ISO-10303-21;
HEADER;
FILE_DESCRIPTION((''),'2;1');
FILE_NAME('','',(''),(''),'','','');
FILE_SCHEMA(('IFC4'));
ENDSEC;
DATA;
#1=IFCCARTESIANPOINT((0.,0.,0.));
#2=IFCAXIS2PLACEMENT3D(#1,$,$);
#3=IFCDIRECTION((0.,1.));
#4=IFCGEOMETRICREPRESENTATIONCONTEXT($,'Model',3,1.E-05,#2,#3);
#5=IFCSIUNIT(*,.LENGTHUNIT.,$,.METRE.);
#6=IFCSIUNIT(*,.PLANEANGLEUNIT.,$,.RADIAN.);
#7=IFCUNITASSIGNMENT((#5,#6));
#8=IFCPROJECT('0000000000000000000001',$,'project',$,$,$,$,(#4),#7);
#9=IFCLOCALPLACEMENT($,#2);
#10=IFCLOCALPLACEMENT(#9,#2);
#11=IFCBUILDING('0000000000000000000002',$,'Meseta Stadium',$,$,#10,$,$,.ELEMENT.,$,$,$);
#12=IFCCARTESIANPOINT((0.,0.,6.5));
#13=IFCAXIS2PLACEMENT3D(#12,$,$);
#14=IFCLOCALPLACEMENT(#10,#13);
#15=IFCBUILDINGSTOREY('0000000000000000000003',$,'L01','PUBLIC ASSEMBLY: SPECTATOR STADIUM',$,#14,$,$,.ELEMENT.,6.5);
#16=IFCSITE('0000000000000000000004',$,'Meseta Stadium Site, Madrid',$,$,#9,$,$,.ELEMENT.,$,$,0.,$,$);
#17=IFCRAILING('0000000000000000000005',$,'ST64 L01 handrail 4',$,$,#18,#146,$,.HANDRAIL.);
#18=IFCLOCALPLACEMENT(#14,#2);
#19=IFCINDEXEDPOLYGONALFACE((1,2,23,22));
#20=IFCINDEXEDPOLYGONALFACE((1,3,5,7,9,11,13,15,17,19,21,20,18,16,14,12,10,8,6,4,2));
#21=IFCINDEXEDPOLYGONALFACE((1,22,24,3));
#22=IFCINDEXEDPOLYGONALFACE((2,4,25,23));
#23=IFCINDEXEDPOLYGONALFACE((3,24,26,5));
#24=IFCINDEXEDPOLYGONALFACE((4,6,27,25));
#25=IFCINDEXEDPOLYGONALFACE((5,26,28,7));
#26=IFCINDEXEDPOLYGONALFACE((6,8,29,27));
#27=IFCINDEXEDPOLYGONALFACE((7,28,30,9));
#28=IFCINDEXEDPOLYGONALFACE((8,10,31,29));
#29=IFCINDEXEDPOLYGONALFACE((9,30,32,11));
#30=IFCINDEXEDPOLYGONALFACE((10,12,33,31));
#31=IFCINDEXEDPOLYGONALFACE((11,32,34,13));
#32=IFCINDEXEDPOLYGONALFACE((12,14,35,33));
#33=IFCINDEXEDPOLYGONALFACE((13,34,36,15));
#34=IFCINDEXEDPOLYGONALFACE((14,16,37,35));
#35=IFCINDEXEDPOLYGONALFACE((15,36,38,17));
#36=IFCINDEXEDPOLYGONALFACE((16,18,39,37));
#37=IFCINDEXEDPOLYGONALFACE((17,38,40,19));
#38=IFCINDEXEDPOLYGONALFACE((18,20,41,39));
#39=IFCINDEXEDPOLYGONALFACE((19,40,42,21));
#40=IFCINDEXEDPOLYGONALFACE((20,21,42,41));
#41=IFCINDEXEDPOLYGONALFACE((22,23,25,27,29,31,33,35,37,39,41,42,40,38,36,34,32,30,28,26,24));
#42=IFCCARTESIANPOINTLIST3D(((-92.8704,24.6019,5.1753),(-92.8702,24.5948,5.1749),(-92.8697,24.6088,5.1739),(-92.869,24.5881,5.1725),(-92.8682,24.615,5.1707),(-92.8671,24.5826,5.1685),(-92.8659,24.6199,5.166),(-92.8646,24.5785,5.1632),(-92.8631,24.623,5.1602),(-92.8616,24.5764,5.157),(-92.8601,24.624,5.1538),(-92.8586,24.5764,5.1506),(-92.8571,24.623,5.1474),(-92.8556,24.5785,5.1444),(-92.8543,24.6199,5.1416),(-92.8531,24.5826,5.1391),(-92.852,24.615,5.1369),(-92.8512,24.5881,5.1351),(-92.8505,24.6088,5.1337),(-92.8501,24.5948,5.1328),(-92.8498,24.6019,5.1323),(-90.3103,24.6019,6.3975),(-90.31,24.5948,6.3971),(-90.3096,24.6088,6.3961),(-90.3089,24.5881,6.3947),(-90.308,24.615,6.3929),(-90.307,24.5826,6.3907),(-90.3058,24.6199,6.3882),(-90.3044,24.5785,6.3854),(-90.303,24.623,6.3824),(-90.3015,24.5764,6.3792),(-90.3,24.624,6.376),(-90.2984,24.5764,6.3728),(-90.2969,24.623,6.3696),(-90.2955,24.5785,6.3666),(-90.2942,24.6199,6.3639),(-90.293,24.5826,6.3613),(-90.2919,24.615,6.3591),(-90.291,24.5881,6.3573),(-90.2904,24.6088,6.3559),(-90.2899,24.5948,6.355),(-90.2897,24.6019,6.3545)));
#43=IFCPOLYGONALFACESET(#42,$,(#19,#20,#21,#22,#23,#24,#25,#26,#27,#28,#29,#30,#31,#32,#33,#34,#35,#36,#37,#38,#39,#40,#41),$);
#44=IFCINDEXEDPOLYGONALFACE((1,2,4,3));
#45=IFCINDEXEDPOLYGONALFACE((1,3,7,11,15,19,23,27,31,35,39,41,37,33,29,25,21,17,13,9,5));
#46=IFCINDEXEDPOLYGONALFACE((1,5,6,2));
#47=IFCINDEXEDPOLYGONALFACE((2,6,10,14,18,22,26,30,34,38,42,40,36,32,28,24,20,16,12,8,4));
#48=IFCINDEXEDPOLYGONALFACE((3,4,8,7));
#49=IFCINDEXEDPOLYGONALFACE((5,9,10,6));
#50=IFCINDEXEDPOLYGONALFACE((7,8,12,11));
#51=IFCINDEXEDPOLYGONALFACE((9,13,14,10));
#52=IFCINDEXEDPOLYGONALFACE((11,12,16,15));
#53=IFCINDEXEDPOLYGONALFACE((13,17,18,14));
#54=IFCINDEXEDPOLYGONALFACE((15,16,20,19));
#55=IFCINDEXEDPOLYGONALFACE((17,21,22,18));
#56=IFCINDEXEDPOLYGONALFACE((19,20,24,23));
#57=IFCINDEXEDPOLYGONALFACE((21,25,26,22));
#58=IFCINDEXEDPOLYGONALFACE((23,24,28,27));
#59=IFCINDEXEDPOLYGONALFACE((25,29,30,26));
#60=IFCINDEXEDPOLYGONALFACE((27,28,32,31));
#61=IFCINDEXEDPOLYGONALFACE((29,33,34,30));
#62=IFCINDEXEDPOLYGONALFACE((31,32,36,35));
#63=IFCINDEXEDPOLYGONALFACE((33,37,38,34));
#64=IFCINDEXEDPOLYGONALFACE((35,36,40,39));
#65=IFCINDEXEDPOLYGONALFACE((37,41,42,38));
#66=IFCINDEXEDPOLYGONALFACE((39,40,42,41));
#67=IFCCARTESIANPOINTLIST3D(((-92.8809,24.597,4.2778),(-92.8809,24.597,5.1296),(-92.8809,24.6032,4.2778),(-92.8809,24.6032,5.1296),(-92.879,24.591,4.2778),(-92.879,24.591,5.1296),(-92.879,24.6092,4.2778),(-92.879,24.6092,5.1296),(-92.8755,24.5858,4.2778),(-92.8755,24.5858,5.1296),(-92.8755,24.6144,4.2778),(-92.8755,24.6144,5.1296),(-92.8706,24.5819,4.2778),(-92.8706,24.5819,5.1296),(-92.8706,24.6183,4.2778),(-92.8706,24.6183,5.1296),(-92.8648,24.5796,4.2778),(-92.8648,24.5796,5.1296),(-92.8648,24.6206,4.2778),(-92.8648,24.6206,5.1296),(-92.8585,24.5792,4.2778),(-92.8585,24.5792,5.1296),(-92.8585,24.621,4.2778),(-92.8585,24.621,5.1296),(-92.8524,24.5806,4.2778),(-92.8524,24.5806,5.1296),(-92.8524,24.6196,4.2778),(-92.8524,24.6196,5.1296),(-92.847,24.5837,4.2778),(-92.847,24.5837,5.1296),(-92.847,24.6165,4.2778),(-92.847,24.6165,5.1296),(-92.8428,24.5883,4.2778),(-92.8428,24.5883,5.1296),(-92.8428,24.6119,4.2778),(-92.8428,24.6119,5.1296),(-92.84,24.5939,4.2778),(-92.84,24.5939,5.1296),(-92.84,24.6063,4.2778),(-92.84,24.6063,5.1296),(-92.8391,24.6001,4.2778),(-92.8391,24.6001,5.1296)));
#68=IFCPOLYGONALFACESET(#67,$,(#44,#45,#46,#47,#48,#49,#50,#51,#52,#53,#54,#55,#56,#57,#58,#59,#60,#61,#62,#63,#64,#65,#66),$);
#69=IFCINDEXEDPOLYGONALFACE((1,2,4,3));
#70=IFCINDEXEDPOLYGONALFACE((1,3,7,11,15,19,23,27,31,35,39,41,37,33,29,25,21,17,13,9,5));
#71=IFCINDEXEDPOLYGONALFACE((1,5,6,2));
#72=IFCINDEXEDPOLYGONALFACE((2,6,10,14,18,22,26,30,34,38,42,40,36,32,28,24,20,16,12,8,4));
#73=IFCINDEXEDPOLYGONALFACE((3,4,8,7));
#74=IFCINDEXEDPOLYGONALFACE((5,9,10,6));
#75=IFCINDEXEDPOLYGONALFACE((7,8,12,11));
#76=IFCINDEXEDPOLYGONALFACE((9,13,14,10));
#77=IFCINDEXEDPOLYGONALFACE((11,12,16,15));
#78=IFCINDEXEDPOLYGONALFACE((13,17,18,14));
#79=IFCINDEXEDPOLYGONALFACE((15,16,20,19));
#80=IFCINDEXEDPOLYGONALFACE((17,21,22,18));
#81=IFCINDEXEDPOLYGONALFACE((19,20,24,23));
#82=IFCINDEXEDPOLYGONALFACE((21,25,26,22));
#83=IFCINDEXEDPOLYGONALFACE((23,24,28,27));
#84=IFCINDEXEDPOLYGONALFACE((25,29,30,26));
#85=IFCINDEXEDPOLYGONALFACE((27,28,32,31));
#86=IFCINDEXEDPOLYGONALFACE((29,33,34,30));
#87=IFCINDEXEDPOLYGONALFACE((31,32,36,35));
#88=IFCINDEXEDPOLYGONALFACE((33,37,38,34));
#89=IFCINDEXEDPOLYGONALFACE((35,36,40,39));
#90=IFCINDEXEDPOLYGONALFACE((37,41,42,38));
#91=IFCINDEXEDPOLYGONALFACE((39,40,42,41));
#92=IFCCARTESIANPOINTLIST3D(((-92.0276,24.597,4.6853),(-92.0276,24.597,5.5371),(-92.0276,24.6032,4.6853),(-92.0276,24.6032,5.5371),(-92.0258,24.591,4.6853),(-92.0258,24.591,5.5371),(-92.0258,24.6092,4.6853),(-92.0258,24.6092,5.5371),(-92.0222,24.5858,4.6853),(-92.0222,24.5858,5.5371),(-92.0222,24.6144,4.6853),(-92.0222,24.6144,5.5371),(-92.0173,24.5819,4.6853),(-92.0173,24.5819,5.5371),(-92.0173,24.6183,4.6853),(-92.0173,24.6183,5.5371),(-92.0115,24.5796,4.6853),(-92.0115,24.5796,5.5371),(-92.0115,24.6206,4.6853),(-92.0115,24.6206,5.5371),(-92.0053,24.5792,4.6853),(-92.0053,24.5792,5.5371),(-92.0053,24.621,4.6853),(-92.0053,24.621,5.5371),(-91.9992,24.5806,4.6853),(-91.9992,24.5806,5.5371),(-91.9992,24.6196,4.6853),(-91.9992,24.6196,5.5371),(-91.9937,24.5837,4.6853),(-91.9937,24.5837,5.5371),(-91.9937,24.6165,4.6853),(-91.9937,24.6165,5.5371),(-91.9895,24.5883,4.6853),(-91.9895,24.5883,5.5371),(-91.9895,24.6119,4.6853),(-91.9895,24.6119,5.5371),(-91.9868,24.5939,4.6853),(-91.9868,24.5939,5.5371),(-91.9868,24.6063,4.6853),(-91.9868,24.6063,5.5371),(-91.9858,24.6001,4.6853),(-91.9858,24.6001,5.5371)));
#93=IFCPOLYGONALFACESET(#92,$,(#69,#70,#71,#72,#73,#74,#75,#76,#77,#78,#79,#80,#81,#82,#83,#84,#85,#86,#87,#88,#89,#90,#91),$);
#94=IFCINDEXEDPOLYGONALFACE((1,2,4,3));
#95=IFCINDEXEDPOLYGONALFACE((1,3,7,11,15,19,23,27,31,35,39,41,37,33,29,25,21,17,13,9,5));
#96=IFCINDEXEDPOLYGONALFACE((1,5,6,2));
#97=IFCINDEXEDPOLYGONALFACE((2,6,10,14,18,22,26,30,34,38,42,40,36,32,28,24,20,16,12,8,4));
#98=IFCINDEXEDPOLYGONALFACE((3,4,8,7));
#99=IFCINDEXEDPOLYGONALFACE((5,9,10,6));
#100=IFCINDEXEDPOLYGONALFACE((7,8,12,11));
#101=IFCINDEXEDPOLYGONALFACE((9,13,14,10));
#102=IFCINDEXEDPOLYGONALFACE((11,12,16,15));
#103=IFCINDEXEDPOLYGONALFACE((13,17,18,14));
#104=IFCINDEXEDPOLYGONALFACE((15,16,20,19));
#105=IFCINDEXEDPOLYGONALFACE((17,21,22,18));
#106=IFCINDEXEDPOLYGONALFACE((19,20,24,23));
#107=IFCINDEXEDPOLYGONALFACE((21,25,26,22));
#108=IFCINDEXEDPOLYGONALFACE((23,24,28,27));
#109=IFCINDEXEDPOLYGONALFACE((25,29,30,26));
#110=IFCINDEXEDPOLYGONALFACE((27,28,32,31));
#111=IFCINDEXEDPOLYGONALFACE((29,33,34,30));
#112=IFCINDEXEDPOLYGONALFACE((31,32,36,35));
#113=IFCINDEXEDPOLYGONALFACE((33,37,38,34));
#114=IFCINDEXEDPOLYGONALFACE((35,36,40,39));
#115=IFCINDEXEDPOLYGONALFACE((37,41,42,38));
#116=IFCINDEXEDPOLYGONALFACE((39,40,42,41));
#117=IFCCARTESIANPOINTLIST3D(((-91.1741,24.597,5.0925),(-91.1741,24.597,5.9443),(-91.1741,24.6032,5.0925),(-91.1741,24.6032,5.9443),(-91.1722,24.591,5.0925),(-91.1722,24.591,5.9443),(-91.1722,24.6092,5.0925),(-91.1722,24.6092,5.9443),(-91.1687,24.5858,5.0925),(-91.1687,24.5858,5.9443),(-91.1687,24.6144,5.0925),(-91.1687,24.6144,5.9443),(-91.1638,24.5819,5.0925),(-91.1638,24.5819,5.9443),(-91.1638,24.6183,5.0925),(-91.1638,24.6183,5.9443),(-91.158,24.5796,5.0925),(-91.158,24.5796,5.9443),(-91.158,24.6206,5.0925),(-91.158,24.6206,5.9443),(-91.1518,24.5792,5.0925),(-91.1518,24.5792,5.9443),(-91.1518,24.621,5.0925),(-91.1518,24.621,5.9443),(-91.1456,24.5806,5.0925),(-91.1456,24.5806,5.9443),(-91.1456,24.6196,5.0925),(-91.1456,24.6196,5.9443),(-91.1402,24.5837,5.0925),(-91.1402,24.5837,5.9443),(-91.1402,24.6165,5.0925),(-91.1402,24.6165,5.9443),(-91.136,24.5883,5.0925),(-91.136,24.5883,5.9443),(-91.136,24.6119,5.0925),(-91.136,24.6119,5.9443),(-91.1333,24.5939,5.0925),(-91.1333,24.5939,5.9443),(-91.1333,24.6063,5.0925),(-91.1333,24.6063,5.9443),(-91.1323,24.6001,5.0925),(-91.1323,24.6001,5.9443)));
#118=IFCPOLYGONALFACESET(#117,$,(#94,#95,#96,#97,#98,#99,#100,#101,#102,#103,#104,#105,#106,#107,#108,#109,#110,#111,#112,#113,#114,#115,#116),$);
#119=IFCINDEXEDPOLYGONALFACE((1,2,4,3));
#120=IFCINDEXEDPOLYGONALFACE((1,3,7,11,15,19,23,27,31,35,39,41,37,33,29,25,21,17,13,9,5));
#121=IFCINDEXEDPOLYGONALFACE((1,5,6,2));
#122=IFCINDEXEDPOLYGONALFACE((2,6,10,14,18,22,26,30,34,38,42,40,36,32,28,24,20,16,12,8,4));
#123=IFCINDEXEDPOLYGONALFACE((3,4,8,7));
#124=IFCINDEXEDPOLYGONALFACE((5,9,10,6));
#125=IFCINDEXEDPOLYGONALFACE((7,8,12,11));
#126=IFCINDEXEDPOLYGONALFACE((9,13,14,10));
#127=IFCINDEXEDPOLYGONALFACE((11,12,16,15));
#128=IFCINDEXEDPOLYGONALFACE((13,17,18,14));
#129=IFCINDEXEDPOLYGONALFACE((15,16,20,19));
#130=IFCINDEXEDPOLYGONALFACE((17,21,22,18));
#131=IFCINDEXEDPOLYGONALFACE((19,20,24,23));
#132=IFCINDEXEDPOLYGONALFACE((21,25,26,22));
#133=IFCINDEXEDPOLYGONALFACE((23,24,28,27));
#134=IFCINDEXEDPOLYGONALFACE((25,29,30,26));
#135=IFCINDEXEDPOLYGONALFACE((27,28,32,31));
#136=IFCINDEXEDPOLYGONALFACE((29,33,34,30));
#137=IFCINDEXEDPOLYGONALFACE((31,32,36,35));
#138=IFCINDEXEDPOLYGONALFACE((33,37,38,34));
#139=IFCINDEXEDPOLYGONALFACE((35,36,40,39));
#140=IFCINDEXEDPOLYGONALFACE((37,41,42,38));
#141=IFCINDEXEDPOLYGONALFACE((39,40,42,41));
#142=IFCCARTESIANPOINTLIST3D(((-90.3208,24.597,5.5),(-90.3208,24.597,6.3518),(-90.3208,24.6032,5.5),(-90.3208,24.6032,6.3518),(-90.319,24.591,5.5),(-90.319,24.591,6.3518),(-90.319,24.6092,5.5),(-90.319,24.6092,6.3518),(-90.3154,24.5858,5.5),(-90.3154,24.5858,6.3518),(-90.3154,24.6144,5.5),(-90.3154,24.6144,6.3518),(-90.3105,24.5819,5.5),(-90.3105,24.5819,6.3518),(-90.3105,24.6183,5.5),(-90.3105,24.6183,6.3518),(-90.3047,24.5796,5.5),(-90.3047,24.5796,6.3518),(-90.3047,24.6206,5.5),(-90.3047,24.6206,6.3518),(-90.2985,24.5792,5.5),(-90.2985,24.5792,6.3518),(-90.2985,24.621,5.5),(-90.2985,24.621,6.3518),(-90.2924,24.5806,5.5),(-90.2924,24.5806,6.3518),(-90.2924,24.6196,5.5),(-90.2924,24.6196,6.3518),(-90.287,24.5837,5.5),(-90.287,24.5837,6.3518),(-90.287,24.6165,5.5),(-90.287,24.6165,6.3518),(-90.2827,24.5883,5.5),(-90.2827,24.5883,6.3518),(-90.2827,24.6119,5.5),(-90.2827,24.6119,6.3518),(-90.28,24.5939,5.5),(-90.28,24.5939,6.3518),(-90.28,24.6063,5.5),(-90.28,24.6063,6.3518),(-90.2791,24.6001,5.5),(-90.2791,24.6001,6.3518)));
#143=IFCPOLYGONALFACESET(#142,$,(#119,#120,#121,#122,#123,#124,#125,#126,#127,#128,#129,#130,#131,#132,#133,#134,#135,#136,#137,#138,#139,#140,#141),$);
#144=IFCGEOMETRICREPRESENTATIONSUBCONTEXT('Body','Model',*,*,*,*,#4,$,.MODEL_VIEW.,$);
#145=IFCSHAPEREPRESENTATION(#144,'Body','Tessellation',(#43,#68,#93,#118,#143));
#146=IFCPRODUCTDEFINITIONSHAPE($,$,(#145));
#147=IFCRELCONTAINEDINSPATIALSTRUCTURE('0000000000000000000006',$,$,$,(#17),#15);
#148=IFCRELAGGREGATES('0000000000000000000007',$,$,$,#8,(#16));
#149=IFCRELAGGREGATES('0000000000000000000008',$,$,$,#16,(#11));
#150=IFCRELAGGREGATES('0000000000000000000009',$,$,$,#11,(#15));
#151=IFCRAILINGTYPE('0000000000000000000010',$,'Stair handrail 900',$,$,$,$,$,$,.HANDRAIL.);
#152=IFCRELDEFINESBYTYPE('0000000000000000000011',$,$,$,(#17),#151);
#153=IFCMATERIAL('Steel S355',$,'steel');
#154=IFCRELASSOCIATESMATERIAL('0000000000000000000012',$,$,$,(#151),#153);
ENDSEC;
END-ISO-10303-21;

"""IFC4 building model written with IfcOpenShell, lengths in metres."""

from ifc_helpers import new_model, si_unit, direction, frame, origin, origin_2d, place, context, subcontext, project, spatial, circle, extrude, material, type_object, element, save


model = new_model("IFC4")

# Units and contexts
model_context = context("Model", 3, precision=1e-05, world=origin(), true_north=direction((0.0, 1.0)))
body_context = subcontext(model_context, "Body", "Model", "MODEL_VIEW")
ifc_project = project(units=[si_unit("LENGTHUNIT", "METRE"), si_unit("PLANEANGLEUNIT", "RADIAN")], contexts=[model_context])

# Site, building, storey
site_placement = place(None, origin())
site = spatial("IfcSite", under=ifc_project, at=site_placement, Name="Meseta Stadium Site, Madrid", CompositionType="ELEMENT", RefElevation=0.0)
building_placement = place(site_placement, origin())
building = spatial("IfcBuilding", under=site, at=building_placement, Name="Meseta Stadium", CompositionType="ELEMENT")
storey_placement = place(building_placement, frame((0.0, 0.0, 6.5)))
storey = spatial("IfcBuildingStorey", under=building, at=storey_placement, Name="L01", Description="PUBLIC ASSEMBLY: SPECTATOR STADIUM", CompositionType="ELEMENT", Elevation=6.5)

# Railing
ifc_material_1 = material(Name="Steel S355", Category="steel")
railing_type = type_object("IfcRailingType", Name="Stair handrail 900", PredefinedType="HANDRAIL", material=ifc_material_1)
for number, where, name in (
    (1, (-92.8601, 24.6001, 4.2778), "ST64 L01 handrail 4"),
):
    element("IfcRailing", number, at=place(storey_placement, frame(where)), inside=storey, type_object=railing_type, Name=name, PredefinedType="HANDRAIL", context=body_context, shape_type="SweptSolid", body=[
        extrude(circle(Radius=0.0239, at=origin_2d()), frame((0.0, 0.0, 0.876), z_axis=(0.902437, 0.0, 0.430822), x_axis=(0.0, 1.0, 0.0)), (0.0, 0.0, 1.0), 2.8369),
        extrude(circle(Radius=0.021, at=origin_2d()), origin(), (0.0, 0.0, 1.0), 0.8518),
        extrude(circle(Radius=0.021, at=origin_2d()), frame((0.8533, 0.0, 0.4075)), (0.0, 0.0, 1.0), 0.8518),
        extrude(circle(Radius=0.021, at=origin_2d()), frame((1.7068, 0.0, 0.8147)), (0.0, 0.0, 1.0), 0.8518),
        extrude(circle(Radius=0.021, at=origin_2d()), frame((2.5601, 0.0, 1.2222)), (0.0, 0.0, 1.0), 0.8518),
    ])

save(model, "model.ifc")
